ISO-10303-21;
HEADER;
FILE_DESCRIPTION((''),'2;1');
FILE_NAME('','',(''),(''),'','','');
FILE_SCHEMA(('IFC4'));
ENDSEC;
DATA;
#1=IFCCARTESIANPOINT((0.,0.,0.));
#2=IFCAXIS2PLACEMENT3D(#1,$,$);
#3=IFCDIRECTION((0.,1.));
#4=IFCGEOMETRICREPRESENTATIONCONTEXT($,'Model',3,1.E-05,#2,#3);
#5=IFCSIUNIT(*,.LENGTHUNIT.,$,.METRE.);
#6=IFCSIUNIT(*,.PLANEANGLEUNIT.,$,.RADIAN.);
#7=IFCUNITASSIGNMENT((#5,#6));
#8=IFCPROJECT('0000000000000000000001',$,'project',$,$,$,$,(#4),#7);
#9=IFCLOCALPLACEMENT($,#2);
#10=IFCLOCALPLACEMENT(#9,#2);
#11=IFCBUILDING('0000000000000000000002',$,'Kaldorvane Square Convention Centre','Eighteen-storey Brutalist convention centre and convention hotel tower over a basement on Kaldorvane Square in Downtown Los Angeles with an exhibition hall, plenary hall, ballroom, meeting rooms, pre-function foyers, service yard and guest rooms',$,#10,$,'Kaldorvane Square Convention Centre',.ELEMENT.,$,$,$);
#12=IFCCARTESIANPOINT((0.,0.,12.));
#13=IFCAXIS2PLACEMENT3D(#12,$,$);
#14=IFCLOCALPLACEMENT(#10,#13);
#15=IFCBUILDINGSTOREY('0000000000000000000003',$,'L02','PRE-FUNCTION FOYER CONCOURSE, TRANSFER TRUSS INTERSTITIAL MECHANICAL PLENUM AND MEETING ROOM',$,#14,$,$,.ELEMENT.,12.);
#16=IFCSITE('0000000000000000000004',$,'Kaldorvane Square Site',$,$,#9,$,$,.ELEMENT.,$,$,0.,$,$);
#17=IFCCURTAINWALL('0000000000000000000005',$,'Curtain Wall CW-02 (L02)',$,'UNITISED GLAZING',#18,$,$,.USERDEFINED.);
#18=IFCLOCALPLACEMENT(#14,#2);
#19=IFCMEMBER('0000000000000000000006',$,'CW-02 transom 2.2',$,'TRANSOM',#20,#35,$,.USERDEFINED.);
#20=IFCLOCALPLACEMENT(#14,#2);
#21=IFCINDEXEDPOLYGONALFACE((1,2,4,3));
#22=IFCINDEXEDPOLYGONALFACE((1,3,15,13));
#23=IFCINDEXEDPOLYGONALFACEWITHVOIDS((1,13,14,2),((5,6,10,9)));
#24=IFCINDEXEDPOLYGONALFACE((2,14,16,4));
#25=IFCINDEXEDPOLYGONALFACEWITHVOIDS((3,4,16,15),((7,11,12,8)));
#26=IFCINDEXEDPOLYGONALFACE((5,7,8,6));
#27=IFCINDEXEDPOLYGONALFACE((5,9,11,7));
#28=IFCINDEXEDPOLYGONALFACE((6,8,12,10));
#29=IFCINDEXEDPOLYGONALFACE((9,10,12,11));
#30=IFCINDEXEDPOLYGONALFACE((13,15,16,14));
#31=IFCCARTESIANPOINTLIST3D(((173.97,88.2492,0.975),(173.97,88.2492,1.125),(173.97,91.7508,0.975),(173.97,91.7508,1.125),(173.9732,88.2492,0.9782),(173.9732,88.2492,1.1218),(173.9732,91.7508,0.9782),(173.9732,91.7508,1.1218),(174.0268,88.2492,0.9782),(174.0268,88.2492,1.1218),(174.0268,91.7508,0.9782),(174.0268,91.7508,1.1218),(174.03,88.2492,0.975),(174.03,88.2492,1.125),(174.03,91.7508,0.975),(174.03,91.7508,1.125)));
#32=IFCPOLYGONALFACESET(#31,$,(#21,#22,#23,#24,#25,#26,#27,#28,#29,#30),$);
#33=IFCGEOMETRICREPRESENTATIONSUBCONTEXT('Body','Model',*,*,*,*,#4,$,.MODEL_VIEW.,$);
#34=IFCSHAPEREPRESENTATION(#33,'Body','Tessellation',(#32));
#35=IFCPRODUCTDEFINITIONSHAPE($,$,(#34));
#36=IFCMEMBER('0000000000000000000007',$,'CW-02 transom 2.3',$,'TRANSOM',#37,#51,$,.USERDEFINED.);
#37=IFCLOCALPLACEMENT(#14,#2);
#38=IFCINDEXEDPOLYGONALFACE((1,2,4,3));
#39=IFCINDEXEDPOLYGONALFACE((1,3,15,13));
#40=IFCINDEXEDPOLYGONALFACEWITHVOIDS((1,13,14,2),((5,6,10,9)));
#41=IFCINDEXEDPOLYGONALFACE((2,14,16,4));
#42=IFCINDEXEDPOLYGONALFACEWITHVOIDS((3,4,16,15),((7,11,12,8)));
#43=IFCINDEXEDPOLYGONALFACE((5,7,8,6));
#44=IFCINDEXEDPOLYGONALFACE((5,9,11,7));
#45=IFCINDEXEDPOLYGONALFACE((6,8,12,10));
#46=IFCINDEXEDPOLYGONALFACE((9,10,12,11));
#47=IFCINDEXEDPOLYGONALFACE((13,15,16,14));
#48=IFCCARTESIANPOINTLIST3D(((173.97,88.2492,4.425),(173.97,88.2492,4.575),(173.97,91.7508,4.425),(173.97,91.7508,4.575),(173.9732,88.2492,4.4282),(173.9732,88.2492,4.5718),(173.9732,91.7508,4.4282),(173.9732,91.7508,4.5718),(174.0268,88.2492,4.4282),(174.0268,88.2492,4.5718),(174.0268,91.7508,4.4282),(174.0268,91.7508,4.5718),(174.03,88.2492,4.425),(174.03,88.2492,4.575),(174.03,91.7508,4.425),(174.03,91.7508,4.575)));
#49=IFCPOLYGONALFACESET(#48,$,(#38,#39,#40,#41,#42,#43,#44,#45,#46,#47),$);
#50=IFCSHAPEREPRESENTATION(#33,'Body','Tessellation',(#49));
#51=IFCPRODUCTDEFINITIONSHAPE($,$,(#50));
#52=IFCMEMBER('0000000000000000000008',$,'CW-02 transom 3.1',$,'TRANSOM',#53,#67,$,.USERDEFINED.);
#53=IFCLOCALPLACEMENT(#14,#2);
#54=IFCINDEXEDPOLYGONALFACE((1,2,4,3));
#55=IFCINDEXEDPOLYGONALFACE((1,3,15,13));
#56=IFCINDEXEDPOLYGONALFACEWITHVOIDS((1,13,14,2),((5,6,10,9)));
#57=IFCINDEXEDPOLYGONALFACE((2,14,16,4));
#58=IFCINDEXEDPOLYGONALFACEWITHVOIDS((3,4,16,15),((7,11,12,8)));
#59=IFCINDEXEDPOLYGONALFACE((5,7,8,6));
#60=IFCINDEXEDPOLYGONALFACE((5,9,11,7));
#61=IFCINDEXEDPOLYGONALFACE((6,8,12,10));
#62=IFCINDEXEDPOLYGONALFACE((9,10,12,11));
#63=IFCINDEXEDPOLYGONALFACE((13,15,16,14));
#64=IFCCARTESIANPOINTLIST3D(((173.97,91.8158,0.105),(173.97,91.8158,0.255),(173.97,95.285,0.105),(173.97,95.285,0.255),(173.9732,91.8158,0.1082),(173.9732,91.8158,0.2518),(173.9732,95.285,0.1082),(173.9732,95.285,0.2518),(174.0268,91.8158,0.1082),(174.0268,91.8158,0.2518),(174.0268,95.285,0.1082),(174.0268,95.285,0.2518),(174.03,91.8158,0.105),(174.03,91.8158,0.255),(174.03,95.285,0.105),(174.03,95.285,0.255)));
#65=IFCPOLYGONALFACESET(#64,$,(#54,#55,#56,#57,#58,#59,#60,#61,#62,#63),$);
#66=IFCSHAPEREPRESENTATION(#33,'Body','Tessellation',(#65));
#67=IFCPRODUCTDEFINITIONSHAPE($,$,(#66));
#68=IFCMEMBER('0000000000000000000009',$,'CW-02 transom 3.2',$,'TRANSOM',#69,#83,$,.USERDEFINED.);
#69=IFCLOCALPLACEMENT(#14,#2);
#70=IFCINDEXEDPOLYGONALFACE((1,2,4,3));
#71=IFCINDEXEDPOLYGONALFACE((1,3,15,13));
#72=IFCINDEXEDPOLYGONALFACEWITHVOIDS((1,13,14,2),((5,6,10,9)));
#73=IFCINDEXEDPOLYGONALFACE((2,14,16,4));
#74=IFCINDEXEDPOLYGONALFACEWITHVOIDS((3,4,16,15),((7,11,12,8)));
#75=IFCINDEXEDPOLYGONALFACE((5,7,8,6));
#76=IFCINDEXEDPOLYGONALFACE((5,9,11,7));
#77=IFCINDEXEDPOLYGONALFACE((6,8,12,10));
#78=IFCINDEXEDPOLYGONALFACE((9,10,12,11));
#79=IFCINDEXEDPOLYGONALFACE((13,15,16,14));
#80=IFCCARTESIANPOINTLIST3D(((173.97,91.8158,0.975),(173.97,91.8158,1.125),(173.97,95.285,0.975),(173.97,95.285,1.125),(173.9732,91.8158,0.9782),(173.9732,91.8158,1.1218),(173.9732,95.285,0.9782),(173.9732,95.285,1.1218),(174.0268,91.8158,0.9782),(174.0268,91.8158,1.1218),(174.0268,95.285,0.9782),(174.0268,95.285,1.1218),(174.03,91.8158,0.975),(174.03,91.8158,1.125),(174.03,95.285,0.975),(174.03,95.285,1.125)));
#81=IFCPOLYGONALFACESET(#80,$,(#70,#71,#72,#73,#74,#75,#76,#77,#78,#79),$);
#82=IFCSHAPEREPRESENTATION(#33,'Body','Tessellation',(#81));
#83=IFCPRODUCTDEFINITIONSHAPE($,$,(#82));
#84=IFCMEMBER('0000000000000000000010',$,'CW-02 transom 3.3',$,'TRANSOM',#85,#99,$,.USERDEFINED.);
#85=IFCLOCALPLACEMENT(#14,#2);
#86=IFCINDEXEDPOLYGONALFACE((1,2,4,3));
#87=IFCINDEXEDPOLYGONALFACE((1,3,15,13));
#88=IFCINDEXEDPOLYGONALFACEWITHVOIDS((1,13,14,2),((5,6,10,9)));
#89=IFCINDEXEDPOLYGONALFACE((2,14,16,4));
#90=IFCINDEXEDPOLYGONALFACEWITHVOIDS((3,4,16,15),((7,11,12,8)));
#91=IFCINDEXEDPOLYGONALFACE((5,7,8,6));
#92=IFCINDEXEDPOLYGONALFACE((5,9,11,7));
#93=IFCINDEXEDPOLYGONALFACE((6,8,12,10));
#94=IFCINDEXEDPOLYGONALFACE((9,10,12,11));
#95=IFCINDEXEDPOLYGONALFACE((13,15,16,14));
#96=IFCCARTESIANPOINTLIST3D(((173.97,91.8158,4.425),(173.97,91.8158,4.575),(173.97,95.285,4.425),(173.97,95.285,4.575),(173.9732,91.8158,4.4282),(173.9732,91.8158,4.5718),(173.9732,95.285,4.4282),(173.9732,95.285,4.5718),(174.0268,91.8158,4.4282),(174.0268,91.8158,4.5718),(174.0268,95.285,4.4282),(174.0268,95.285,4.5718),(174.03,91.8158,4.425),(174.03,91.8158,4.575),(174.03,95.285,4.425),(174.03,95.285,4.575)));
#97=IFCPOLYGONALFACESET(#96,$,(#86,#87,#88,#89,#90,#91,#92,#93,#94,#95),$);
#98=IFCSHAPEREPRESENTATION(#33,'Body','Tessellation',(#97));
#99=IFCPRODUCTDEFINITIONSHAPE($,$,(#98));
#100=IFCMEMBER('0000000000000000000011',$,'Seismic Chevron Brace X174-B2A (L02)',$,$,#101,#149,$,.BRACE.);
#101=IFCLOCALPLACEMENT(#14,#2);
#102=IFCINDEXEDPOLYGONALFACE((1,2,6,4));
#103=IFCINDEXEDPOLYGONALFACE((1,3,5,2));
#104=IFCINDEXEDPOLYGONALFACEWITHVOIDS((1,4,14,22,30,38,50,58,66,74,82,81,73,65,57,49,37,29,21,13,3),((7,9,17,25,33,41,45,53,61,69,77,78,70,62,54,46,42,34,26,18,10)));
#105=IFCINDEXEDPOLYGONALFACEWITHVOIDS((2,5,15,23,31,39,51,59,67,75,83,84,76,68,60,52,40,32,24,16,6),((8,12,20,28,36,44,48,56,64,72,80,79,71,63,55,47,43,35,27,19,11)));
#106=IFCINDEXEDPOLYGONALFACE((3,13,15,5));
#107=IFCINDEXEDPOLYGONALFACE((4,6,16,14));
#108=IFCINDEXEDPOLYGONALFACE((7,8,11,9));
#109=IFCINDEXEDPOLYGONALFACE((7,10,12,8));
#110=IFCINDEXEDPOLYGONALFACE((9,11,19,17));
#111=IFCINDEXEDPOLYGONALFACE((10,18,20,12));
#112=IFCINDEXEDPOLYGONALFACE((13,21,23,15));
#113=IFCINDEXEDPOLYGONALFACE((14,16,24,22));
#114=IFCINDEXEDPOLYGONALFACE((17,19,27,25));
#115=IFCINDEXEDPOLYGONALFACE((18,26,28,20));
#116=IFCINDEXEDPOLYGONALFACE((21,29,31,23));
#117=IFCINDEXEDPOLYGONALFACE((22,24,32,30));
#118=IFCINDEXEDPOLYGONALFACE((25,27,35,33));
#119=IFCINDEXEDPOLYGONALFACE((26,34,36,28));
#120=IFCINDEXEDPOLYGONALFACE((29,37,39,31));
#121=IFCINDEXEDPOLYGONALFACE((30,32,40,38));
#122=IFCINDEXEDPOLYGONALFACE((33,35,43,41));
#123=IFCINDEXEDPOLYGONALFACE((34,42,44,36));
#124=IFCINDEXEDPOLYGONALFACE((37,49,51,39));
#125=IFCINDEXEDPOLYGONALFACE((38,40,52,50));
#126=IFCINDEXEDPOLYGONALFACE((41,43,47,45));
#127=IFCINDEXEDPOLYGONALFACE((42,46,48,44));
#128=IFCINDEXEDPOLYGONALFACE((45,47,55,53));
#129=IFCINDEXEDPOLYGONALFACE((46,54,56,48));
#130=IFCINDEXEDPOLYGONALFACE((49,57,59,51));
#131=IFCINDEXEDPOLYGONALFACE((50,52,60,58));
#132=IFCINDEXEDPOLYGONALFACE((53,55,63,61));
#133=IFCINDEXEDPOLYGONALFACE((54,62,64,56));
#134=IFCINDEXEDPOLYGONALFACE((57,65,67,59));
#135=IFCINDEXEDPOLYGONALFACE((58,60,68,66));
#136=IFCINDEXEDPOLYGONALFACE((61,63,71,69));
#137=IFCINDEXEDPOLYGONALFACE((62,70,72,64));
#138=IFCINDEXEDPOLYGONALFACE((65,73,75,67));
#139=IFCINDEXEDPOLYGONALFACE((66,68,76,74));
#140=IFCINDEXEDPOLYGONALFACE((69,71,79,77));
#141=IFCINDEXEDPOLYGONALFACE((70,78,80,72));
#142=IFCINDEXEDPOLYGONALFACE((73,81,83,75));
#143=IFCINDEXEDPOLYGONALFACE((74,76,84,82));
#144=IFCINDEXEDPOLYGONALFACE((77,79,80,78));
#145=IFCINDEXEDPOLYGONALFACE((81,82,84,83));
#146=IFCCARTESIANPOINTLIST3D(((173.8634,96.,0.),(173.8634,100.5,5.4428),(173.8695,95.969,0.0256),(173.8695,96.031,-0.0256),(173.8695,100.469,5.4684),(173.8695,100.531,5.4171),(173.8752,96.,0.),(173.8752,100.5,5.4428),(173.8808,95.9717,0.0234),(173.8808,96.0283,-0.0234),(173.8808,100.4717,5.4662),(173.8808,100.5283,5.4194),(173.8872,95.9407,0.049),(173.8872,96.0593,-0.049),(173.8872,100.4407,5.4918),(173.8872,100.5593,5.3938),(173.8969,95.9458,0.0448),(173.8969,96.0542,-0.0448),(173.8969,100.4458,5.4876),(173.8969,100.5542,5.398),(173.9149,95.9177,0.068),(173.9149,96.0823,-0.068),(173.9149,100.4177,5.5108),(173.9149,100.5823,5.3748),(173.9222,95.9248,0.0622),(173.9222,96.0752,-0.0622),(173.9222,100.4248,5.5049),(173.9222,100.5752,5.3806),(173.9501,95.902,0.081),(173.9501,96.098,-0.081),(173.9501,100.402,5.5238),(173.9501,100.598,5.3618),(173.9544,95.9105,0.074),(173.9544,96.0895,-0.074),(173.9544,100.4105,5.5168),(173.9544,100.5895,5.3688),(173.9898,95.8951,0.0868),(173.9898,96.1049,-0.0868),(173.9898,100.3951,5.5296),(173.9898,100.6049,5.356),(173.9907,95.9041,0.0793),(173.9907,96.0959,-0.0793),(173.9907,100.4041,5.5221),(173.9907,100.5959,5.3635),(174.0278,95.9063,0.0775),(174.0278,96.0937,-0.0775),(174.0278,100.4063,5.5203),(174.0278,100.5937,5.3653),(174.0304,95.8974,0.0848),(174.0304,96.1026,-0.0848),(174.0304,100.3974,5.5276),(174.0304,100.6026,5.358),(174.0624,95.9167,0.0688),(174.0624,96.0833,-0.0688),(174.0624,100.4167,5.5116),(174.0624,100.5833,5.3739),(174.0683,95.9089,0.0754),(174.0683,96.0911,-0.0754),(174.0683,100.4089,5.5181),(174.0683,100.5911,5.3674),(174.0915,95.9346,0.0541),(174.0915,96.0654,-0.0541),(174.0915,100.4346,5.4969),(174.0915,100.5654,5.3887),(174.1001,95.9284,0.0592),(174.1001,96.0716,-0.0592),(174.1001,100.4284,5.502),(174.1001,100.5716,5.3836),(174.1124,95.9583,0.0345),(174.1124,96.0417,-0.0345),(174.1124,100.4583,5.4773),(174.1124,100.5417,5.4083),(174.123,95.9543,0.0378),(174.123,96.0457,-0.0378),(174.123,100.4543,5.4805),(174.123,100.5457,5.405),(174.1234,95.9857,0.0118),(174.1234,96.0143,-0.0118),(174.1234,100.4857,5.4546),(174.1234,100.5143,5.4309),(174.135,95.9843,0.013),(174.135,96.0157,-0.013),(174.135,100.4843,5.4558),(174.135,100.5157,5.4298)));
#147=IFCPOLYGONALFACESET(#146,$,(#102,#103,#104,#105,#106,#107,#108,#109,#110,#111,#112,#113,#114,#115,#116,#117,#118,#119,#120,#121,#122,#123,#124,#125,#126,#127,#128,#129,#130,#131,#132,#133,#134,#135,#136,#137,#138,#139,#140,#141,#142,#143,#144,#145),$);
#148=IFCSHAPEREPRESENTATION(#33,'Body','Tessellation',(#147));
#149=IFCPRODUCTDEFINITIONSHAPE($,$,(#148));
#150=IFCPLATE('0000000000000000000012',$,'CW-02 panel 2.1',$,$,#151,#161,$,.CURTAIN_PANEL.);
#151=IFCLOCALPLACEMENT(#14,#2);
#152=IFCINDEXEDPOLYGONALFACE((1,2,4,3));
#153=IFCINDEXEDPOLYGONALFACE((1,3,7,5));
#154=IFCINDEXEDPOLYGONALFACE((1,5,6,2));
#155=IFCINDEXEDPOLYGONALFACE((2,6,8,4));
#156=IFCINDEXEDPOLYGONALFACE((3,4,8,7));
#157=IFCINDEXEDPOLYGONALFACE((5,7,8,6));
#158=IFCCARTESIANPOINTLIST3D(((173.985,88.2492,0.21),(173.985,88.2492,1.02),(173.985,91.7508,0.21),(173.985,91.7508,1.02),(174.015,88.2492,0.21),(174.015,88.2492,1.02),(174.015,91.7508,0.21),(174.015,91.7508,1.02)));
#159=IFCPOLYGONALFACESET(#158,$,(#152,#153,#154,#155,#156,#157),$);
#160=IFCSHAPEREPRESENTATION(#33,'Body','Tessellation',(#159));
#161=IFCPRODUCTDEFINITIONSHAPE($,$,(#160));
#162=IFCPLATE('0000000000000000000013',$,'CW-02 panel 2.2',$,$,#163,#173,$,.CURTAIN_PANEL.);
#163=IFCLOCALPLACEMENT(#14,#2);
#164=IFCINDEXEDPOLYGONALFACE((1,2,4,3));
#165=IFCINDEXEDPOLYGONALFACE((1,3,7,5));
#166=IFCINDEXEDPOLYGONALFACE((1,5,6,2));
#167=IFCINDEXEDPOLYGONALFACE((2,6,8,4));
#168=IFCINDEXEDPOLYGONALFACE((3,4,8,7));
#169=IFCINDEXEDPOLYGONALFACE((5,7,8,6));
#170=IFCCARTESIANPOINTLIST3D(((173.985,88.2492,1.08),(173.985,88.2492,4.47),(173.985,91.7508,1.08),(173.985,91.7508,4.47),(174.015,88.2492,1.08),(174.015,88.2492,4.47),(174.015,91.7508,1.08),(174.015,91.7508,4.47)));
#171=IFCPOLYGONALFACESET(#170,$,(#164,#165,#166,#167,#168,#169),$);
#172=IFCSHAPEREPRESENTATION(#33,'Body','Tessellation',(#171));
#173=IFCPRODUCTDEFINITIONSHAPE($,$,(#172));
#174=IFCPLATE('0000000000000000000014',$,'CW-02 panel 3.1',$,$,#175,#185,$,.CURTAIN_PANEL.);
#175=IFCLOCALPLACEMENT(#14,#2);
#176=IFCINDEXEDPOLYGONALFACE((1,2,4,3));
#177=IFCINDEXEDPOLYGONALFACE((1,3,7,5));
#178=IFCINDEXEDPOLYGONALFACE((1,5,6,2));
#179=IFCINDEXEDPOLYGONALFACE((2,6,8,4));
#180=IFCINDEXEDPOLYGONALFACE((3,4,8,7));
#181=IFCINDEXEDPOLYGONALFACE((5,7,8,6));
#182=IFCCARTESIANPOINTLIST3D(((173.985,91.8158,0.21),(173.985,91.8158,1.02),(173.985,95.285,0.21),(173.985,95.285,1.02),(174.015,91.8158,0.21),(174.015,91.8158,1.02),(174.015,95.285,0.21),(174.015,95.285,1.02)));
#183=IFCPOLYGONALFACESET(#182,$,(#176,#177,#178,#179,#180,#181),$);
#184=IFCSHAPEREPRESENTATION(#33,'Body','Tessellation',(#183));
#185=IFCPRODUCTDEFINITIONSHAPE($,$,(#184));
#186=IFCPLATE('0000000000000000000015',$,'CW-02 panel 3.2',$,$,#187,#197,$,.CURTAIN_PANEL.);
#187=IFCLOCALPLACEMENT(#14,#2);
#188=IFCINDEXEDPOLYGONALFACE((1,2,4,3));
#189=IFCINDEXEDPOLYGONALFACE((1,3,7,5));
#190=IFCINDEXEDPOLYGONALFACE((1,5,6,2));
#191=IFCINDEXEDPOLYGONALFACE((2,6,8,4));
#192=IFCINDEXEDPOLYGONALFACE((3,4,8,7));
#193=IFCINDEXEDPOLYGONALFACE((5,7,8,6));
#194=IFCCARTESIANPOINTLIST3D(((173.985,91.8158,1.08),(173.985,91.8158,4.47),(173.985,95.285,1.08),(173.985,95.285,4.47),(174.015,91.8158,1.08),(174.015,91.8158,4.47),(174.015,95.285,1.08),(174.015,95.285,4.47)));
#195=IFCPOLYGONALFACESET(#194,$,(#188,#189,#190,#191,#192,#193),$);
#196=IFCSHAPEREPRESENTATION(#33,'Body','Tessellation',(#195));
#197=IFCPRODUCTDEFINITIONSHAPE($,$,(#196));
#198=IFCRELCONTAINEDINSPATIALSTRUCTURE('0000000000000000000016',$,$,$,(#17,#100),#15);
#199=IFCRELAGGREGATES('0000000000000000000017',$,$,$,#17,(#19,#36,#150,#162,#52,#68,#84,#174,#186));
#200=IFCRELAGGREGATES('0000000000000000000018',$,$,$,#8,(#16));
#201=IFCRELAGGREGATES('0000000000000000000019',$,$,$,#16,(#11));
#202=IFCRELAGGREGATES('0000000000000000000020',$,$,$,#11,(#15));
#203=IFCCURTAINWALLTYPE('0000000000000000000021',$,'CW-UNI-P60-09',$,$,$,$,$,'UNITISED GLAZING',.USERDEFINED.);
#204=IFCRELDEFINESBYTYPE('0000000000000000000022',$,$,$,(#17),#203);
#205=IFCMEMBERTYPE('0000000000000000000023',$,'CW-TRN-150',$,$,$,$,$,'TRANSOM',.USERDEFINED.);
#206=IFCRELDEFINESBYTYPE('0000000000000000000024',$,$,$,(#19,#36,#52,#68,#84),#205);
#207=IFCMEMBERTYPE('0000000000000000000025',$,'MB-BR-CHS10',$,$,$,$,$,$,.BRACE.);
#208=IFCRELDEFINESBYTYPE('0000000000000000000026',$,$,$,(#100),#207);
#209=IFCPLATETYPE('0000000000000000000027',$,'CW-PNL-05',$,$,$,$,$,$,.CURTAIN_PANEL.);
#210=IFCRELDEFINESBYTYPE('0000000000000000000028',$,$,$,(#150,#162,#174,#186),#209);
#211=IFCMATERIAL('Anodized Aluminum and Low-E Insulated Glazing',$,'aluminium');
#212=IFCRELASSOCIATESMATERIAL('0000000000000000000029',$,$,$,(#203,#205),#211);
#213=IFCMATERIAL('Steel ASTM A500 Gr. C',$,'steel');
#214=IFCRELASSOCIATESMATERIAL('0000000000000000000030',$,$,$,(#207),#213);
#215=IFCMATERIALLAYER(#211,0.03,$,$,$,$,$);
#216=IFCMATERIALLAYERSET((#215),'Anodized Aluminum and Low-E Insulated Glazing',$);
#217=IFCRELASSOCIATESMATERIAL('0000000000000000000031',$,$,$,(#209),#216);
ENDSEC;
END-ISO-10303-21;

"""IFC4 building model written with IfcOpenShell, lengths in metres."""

from ifc_helpers import new_model, si_unit, direction, frame, origin, origin_2d, place, context, subcontext, project, spatial, rectangle, hollow_rectangle, hollow_circle, extrude, material, layer, layer_set, material_profile, profile_set, type_object, element, aggregate, save


model = new_model("IFC4")

# Units and contexts
model_context = context("Model", 3, precision=1e-05, world=origin(), true_north=direction((0.0, 1.0)))
body_context = subcontext(model_context, "Body", "Model", "MODEL_VIEW")
ifc_project = project(units=[si_unit("LENGTHUNIT", "METRE"), si_unit("PLANEANGLEUNIT", "RADIAN")], contexts=[model_context])

# Site, building, storey
site_placement = place(None, origin())
site = spatial("IfcSite", under=ifc_project, at=site_placement, Name="Kaldorvane Square Site", CompositionType="ELEMENT", RefElevation=0.0)
building_placement = place(site_placement, origin())
building = spatial("IfcBuilding", under=site, at=building_placement, Name="Kaldorvane Square Convention Centre", Description="Eighteen-storey Brutalist convention centre and convention hotel tower over a basement on Kaldorvane Square in Downtown Los Angeles with an exhibition hall, plenary hall, ballroom, meeting rooms, pre-function foyers, service yard and guest rooms", LongName="Kaldorvane Square Convention Centre", CompositionType="ELEMENT")
storey_placement = place(building_placement, frame((0.0, 0.0, 12.0)))
storey = spatial("IfcBuildingStorey", under=building, at=storey_placement, Name="L02", Description="PRE-FUNCTION FOYER CONCOURSE, TRANSFER TRUSS INTERSTITIAL MECHANICAL PLENUM AND MEETING ROOM", CompositionType="ELEMENT", Elevation=12.0)

# Shared definitions
ifc_material_1 = material(Name="Steel ASTM A500 Gr. C", Category="steel")

# Curtain wall, members
ifc_material_2 = material(Name="Anodized Aluminum and Low-E Insulated Glazing", Category="aluminium")
curtain_wall_type = type_object("IfcCurtainWallType", Name="CW-UNI-P60-09", ElementType="UNITISED GLAZING", PredefinedType="USERDEFINED", material=ifc_material_2)
curtain_wall_placement = place(storey_placement, origin())
curtain_wall = element("IfcCurtainWall", 1, at=curtain_wall_placement, inside=storey, type_object=curtain_wall_type, Name="Curtain Wall CW-02 (L02)", ObjectType="UNITISED GLAZING", PredefinedType="USERDEFINED")
ifc_material_profile_1 = material_profile(ifc_material_2, hollow_rectangle(XDim=0.06, YDim=0.15, WallThickness=0.0032, at=origin_2d()), Name="CWT-150X60")
ifc_profile_set_1 = profile_set([ifc_material_profile_1], Name="Anodized Aluminum and Low-E Insulated Glazing")
member_type_1 = type_object("IfcMemberType", Name="CW-TRN-150", ElementType="TRANSOM", PredefinedType="USERDEFINED", material=ifc_profile_set_1)
member_1_placement = place(storey_placement, frame((174.0, 88.2492, 1.05), z_axis=(0.0, 1.0, 0.0), x_axis=(-1.0, 0.0, 0.0)))
member_1 = element("IfcMember", 2, at=member_1_placement, type_object=member_type_1, Name="CW-02 transom 2.2", ObjectType="TRANSOM", PredefinedType="USERDEFINED", context=body_context, shape_type="SweptSolid", body=[
    extrude(hollow_rectangle(XDim=0.06, YDim=0.15, WallThickness=0.0032, at=origin_2d()), origin(), (0.0, 0.0, 1.0), 3.5017),
])
member_2_placement = place(storey_placement, frame((174.0, 88.2492, 4.5), z_axis=(0.0, 1.0, 0.0), x_axis=(-1.0, 0.0, 0.0)))
member_2 = element("IfcMember", 3, at=member_2_placement, type_object=member_type_1, Name="CW-02 transom 2.3", ObjectType="TRANSOM", PredefinedType="USERDEFINED", context=body_context, shape_type="SweptSolid", body=[
    extrude(hollow_rectangle(XDim=0.06, YDim=0.15, WallThickness=0.0032, at=origin_2d()), origin(), (0.0, 0.0, 1.0), 3.5017),
])
member_3_placement = place(storey_placement, frame((174.0, 91.8158, 0.18), z_axis=(0.0, 1.0, 0.0), x_axis=(-1.0, 0.0, 0.0)))
member_3 = element("IfcMember", 4, at=member_3_placement, type_object=member_type_1, Name="CW-02 transom 3.1", ObjectType="TRANSOM", PredefinedType="USERDEFINED", context=body_context, shape_type="SweptSolid", body=[
    extrude(hollow_rectangle(XDim=0.06, YDim=0.15, WallThickness=0.0032, at=origin_2d()), origin(), (0.0, 0.0, 1.0), 3.4692),
])
member_4_placement = place(storey_placement, frame((174.0, 91.8158, 1.05), z_axis=(0.0, 1.0, 0.0), x_axis=(-1.0, 0.0, 0.0)))
member_4 = element("IfcMember", 5, at=member_4_placement, type_object=member_type_1, Name="CW-02 transom 3.2", ObjectType="TRANSOM", PredefinedType="USERDEFINED", context=body_context, shape_type="SweptSolid", body=[
    extrude(hollow_rectangle(XDim=0.06, YDim=0.15, WallThickness=0.0032, at=origin_2d()), origin(), (0.0, 0.0, 1.0), 3.4692),
])
member_5_placement = place(storey_placement, frame((174.0, 91.8158, 4.5), z_axis=(0.0, 1.0, 0.0), x_axis=(-1.0, 0.0, 0.0)))
member_5 = element("IfcMember", 6, at=member_5_placement, type_object=member_type_1, Name="CW-02 transom 3.3", ObjectType="TRANSOM", PredefinedType="USERDEFINED", context=body_context, shape_type="SweptSolid", body=[
    extrude(hollow_rectangle(XDim=0.06, YDim=0.15, WallThickness=0.0032, at=origin_2d()), origin(), (0.0, 0.0, 1.0), 3.4692),
])

# Member
ifc_material_profile_2 = material_profile(ifc_material_1, hollow_circle(Radius=0.1366, WallThickness=0.0118, at=origin_2d()), Name="HSS10.750X0.500")
ifc_profile_set_2 = profile_set([ifc_material_profile_2], Name="Steel ASTM A500 Gr. C")
member_type_2 = type_object("IfcMemberType", Name="MB-BR-CHS10", PredefinedType="BRACE", material=ifc_profile_set_2)
member_6_placement = place(storey_placement, frame((174.0, 96.0, 0.0), z_axis=(0.0, 0.637199, 0.770699), x_axis=(-1.0, 0.0, 0.0)))
element("IfcMember", 7, at=member_6_placement, inside=storey, type_object=member_type_2, Name="Seismic Chevron Brace X174-B2A (L02)", PredefinedType="BRACE", context=body_context, shape_type="SweptSolid", body=[
    extrude(hollow_circle(Radius=0.1366, WallThickness=0.0118, at=origin_2d()), origin(), (0.0, 0.0, 1.0), 7.0621),
])

# Plates
ifc_layer_1 = layer(ifc_material_2, 0.03)
ifc_layer_set_1 = layer_set([ifc_layer_1], Name="Anodized Aluminum and Low-E Insulated Glazing")
plate_type = type_object("IfcPlateType", Name="CW-PNL-05", PredefinedType="CURTAIN_PANEL", material=ifc_layer_set_1)
plate_1_placement = place(storey_placement, frame((174.0, 90.0, 0.21), z_axis=(0.0, 0.0, 1.0), x_axis=(0.0, 1.0, 0.0)))
plate_1 = element("IfcPlate", 8, at=plate_1_placement, type_object=plate_type, Name="CW-02 panel 2.1", PredefinedType="CURTAIN_PANEL", context=body_context, shape_type="SweptSolid", body=[
    extrude(rectangle(XDim=3.5017, YDim=0.03, at=origin_2d()), origin(), (0.0, 0.0, 1.0), 0.81),
])
plate_2_placement = place(storey_placement, frame((174.0, 90.0, 1.08), z_axis=(0.0, 0.0, 1.0), x_axis=(0.0, 1.0, 0.0)))
plate_2 = element("IfcPlate", 9, at=plate_2_placement, type_object=plate_type, Name="CW-02 panel 2.2", PredefinedType="CURTAIN_PANEL", context=body_context, shape_type="SweptSolid", body=[
    extrude(rectangle(XDim=3.5017, YDim=0.03, at=origin_2d()), origin(), (0.0, 0.0, 1.0), 3.39),
])
plate_3_placement = place(storey_placement, frame((174.0, 93.5504, 0.21), z_axis=(0.0, 0.0, 1.0), x_axis=(0.0, 1.0, 0.0)))
plate_3 = element("IfcPlate", 10, at=plate_3_placement, type_object=plate_type, Name="CW-02 panel 3.1", PredefinedType="CURTAIN_PANEL", context=body_context, shape_type="SweptSolid", body=[
    extrude(rectangle(XDim=3.4692, YDim=0.03, at=origin_2d()), origin(), (0.0, 0.0, 1.0), 0.81),
])
plate_4_placement = place(storey_placement, frame((174.0, 93.5504, 1.08), z_axis=(0.0, 0.0, 1.0), x_axis=(0.0, 1.0, 0.0)))
plate_4 = element("IfcPlate", 11, at=plate_4_placement, type_object=plate_type, Name="CW-02 panel 3.2", PredefinedType="CURTAIN_PANEL", context=body_context, shape_type="SweptSolid", body=[
    extrude(rectangle(XDim=3.4692, YDim=0.03, at=origin_2d()), origin(), (0.0, 0.0, 1.0), 3.39),
])
aggregate(curtain_wall, [member_1, member_2, plate_1, plate_2, member_3, member_4, member_5, plate_3, plate_4])

save(model, "model.ifc")
